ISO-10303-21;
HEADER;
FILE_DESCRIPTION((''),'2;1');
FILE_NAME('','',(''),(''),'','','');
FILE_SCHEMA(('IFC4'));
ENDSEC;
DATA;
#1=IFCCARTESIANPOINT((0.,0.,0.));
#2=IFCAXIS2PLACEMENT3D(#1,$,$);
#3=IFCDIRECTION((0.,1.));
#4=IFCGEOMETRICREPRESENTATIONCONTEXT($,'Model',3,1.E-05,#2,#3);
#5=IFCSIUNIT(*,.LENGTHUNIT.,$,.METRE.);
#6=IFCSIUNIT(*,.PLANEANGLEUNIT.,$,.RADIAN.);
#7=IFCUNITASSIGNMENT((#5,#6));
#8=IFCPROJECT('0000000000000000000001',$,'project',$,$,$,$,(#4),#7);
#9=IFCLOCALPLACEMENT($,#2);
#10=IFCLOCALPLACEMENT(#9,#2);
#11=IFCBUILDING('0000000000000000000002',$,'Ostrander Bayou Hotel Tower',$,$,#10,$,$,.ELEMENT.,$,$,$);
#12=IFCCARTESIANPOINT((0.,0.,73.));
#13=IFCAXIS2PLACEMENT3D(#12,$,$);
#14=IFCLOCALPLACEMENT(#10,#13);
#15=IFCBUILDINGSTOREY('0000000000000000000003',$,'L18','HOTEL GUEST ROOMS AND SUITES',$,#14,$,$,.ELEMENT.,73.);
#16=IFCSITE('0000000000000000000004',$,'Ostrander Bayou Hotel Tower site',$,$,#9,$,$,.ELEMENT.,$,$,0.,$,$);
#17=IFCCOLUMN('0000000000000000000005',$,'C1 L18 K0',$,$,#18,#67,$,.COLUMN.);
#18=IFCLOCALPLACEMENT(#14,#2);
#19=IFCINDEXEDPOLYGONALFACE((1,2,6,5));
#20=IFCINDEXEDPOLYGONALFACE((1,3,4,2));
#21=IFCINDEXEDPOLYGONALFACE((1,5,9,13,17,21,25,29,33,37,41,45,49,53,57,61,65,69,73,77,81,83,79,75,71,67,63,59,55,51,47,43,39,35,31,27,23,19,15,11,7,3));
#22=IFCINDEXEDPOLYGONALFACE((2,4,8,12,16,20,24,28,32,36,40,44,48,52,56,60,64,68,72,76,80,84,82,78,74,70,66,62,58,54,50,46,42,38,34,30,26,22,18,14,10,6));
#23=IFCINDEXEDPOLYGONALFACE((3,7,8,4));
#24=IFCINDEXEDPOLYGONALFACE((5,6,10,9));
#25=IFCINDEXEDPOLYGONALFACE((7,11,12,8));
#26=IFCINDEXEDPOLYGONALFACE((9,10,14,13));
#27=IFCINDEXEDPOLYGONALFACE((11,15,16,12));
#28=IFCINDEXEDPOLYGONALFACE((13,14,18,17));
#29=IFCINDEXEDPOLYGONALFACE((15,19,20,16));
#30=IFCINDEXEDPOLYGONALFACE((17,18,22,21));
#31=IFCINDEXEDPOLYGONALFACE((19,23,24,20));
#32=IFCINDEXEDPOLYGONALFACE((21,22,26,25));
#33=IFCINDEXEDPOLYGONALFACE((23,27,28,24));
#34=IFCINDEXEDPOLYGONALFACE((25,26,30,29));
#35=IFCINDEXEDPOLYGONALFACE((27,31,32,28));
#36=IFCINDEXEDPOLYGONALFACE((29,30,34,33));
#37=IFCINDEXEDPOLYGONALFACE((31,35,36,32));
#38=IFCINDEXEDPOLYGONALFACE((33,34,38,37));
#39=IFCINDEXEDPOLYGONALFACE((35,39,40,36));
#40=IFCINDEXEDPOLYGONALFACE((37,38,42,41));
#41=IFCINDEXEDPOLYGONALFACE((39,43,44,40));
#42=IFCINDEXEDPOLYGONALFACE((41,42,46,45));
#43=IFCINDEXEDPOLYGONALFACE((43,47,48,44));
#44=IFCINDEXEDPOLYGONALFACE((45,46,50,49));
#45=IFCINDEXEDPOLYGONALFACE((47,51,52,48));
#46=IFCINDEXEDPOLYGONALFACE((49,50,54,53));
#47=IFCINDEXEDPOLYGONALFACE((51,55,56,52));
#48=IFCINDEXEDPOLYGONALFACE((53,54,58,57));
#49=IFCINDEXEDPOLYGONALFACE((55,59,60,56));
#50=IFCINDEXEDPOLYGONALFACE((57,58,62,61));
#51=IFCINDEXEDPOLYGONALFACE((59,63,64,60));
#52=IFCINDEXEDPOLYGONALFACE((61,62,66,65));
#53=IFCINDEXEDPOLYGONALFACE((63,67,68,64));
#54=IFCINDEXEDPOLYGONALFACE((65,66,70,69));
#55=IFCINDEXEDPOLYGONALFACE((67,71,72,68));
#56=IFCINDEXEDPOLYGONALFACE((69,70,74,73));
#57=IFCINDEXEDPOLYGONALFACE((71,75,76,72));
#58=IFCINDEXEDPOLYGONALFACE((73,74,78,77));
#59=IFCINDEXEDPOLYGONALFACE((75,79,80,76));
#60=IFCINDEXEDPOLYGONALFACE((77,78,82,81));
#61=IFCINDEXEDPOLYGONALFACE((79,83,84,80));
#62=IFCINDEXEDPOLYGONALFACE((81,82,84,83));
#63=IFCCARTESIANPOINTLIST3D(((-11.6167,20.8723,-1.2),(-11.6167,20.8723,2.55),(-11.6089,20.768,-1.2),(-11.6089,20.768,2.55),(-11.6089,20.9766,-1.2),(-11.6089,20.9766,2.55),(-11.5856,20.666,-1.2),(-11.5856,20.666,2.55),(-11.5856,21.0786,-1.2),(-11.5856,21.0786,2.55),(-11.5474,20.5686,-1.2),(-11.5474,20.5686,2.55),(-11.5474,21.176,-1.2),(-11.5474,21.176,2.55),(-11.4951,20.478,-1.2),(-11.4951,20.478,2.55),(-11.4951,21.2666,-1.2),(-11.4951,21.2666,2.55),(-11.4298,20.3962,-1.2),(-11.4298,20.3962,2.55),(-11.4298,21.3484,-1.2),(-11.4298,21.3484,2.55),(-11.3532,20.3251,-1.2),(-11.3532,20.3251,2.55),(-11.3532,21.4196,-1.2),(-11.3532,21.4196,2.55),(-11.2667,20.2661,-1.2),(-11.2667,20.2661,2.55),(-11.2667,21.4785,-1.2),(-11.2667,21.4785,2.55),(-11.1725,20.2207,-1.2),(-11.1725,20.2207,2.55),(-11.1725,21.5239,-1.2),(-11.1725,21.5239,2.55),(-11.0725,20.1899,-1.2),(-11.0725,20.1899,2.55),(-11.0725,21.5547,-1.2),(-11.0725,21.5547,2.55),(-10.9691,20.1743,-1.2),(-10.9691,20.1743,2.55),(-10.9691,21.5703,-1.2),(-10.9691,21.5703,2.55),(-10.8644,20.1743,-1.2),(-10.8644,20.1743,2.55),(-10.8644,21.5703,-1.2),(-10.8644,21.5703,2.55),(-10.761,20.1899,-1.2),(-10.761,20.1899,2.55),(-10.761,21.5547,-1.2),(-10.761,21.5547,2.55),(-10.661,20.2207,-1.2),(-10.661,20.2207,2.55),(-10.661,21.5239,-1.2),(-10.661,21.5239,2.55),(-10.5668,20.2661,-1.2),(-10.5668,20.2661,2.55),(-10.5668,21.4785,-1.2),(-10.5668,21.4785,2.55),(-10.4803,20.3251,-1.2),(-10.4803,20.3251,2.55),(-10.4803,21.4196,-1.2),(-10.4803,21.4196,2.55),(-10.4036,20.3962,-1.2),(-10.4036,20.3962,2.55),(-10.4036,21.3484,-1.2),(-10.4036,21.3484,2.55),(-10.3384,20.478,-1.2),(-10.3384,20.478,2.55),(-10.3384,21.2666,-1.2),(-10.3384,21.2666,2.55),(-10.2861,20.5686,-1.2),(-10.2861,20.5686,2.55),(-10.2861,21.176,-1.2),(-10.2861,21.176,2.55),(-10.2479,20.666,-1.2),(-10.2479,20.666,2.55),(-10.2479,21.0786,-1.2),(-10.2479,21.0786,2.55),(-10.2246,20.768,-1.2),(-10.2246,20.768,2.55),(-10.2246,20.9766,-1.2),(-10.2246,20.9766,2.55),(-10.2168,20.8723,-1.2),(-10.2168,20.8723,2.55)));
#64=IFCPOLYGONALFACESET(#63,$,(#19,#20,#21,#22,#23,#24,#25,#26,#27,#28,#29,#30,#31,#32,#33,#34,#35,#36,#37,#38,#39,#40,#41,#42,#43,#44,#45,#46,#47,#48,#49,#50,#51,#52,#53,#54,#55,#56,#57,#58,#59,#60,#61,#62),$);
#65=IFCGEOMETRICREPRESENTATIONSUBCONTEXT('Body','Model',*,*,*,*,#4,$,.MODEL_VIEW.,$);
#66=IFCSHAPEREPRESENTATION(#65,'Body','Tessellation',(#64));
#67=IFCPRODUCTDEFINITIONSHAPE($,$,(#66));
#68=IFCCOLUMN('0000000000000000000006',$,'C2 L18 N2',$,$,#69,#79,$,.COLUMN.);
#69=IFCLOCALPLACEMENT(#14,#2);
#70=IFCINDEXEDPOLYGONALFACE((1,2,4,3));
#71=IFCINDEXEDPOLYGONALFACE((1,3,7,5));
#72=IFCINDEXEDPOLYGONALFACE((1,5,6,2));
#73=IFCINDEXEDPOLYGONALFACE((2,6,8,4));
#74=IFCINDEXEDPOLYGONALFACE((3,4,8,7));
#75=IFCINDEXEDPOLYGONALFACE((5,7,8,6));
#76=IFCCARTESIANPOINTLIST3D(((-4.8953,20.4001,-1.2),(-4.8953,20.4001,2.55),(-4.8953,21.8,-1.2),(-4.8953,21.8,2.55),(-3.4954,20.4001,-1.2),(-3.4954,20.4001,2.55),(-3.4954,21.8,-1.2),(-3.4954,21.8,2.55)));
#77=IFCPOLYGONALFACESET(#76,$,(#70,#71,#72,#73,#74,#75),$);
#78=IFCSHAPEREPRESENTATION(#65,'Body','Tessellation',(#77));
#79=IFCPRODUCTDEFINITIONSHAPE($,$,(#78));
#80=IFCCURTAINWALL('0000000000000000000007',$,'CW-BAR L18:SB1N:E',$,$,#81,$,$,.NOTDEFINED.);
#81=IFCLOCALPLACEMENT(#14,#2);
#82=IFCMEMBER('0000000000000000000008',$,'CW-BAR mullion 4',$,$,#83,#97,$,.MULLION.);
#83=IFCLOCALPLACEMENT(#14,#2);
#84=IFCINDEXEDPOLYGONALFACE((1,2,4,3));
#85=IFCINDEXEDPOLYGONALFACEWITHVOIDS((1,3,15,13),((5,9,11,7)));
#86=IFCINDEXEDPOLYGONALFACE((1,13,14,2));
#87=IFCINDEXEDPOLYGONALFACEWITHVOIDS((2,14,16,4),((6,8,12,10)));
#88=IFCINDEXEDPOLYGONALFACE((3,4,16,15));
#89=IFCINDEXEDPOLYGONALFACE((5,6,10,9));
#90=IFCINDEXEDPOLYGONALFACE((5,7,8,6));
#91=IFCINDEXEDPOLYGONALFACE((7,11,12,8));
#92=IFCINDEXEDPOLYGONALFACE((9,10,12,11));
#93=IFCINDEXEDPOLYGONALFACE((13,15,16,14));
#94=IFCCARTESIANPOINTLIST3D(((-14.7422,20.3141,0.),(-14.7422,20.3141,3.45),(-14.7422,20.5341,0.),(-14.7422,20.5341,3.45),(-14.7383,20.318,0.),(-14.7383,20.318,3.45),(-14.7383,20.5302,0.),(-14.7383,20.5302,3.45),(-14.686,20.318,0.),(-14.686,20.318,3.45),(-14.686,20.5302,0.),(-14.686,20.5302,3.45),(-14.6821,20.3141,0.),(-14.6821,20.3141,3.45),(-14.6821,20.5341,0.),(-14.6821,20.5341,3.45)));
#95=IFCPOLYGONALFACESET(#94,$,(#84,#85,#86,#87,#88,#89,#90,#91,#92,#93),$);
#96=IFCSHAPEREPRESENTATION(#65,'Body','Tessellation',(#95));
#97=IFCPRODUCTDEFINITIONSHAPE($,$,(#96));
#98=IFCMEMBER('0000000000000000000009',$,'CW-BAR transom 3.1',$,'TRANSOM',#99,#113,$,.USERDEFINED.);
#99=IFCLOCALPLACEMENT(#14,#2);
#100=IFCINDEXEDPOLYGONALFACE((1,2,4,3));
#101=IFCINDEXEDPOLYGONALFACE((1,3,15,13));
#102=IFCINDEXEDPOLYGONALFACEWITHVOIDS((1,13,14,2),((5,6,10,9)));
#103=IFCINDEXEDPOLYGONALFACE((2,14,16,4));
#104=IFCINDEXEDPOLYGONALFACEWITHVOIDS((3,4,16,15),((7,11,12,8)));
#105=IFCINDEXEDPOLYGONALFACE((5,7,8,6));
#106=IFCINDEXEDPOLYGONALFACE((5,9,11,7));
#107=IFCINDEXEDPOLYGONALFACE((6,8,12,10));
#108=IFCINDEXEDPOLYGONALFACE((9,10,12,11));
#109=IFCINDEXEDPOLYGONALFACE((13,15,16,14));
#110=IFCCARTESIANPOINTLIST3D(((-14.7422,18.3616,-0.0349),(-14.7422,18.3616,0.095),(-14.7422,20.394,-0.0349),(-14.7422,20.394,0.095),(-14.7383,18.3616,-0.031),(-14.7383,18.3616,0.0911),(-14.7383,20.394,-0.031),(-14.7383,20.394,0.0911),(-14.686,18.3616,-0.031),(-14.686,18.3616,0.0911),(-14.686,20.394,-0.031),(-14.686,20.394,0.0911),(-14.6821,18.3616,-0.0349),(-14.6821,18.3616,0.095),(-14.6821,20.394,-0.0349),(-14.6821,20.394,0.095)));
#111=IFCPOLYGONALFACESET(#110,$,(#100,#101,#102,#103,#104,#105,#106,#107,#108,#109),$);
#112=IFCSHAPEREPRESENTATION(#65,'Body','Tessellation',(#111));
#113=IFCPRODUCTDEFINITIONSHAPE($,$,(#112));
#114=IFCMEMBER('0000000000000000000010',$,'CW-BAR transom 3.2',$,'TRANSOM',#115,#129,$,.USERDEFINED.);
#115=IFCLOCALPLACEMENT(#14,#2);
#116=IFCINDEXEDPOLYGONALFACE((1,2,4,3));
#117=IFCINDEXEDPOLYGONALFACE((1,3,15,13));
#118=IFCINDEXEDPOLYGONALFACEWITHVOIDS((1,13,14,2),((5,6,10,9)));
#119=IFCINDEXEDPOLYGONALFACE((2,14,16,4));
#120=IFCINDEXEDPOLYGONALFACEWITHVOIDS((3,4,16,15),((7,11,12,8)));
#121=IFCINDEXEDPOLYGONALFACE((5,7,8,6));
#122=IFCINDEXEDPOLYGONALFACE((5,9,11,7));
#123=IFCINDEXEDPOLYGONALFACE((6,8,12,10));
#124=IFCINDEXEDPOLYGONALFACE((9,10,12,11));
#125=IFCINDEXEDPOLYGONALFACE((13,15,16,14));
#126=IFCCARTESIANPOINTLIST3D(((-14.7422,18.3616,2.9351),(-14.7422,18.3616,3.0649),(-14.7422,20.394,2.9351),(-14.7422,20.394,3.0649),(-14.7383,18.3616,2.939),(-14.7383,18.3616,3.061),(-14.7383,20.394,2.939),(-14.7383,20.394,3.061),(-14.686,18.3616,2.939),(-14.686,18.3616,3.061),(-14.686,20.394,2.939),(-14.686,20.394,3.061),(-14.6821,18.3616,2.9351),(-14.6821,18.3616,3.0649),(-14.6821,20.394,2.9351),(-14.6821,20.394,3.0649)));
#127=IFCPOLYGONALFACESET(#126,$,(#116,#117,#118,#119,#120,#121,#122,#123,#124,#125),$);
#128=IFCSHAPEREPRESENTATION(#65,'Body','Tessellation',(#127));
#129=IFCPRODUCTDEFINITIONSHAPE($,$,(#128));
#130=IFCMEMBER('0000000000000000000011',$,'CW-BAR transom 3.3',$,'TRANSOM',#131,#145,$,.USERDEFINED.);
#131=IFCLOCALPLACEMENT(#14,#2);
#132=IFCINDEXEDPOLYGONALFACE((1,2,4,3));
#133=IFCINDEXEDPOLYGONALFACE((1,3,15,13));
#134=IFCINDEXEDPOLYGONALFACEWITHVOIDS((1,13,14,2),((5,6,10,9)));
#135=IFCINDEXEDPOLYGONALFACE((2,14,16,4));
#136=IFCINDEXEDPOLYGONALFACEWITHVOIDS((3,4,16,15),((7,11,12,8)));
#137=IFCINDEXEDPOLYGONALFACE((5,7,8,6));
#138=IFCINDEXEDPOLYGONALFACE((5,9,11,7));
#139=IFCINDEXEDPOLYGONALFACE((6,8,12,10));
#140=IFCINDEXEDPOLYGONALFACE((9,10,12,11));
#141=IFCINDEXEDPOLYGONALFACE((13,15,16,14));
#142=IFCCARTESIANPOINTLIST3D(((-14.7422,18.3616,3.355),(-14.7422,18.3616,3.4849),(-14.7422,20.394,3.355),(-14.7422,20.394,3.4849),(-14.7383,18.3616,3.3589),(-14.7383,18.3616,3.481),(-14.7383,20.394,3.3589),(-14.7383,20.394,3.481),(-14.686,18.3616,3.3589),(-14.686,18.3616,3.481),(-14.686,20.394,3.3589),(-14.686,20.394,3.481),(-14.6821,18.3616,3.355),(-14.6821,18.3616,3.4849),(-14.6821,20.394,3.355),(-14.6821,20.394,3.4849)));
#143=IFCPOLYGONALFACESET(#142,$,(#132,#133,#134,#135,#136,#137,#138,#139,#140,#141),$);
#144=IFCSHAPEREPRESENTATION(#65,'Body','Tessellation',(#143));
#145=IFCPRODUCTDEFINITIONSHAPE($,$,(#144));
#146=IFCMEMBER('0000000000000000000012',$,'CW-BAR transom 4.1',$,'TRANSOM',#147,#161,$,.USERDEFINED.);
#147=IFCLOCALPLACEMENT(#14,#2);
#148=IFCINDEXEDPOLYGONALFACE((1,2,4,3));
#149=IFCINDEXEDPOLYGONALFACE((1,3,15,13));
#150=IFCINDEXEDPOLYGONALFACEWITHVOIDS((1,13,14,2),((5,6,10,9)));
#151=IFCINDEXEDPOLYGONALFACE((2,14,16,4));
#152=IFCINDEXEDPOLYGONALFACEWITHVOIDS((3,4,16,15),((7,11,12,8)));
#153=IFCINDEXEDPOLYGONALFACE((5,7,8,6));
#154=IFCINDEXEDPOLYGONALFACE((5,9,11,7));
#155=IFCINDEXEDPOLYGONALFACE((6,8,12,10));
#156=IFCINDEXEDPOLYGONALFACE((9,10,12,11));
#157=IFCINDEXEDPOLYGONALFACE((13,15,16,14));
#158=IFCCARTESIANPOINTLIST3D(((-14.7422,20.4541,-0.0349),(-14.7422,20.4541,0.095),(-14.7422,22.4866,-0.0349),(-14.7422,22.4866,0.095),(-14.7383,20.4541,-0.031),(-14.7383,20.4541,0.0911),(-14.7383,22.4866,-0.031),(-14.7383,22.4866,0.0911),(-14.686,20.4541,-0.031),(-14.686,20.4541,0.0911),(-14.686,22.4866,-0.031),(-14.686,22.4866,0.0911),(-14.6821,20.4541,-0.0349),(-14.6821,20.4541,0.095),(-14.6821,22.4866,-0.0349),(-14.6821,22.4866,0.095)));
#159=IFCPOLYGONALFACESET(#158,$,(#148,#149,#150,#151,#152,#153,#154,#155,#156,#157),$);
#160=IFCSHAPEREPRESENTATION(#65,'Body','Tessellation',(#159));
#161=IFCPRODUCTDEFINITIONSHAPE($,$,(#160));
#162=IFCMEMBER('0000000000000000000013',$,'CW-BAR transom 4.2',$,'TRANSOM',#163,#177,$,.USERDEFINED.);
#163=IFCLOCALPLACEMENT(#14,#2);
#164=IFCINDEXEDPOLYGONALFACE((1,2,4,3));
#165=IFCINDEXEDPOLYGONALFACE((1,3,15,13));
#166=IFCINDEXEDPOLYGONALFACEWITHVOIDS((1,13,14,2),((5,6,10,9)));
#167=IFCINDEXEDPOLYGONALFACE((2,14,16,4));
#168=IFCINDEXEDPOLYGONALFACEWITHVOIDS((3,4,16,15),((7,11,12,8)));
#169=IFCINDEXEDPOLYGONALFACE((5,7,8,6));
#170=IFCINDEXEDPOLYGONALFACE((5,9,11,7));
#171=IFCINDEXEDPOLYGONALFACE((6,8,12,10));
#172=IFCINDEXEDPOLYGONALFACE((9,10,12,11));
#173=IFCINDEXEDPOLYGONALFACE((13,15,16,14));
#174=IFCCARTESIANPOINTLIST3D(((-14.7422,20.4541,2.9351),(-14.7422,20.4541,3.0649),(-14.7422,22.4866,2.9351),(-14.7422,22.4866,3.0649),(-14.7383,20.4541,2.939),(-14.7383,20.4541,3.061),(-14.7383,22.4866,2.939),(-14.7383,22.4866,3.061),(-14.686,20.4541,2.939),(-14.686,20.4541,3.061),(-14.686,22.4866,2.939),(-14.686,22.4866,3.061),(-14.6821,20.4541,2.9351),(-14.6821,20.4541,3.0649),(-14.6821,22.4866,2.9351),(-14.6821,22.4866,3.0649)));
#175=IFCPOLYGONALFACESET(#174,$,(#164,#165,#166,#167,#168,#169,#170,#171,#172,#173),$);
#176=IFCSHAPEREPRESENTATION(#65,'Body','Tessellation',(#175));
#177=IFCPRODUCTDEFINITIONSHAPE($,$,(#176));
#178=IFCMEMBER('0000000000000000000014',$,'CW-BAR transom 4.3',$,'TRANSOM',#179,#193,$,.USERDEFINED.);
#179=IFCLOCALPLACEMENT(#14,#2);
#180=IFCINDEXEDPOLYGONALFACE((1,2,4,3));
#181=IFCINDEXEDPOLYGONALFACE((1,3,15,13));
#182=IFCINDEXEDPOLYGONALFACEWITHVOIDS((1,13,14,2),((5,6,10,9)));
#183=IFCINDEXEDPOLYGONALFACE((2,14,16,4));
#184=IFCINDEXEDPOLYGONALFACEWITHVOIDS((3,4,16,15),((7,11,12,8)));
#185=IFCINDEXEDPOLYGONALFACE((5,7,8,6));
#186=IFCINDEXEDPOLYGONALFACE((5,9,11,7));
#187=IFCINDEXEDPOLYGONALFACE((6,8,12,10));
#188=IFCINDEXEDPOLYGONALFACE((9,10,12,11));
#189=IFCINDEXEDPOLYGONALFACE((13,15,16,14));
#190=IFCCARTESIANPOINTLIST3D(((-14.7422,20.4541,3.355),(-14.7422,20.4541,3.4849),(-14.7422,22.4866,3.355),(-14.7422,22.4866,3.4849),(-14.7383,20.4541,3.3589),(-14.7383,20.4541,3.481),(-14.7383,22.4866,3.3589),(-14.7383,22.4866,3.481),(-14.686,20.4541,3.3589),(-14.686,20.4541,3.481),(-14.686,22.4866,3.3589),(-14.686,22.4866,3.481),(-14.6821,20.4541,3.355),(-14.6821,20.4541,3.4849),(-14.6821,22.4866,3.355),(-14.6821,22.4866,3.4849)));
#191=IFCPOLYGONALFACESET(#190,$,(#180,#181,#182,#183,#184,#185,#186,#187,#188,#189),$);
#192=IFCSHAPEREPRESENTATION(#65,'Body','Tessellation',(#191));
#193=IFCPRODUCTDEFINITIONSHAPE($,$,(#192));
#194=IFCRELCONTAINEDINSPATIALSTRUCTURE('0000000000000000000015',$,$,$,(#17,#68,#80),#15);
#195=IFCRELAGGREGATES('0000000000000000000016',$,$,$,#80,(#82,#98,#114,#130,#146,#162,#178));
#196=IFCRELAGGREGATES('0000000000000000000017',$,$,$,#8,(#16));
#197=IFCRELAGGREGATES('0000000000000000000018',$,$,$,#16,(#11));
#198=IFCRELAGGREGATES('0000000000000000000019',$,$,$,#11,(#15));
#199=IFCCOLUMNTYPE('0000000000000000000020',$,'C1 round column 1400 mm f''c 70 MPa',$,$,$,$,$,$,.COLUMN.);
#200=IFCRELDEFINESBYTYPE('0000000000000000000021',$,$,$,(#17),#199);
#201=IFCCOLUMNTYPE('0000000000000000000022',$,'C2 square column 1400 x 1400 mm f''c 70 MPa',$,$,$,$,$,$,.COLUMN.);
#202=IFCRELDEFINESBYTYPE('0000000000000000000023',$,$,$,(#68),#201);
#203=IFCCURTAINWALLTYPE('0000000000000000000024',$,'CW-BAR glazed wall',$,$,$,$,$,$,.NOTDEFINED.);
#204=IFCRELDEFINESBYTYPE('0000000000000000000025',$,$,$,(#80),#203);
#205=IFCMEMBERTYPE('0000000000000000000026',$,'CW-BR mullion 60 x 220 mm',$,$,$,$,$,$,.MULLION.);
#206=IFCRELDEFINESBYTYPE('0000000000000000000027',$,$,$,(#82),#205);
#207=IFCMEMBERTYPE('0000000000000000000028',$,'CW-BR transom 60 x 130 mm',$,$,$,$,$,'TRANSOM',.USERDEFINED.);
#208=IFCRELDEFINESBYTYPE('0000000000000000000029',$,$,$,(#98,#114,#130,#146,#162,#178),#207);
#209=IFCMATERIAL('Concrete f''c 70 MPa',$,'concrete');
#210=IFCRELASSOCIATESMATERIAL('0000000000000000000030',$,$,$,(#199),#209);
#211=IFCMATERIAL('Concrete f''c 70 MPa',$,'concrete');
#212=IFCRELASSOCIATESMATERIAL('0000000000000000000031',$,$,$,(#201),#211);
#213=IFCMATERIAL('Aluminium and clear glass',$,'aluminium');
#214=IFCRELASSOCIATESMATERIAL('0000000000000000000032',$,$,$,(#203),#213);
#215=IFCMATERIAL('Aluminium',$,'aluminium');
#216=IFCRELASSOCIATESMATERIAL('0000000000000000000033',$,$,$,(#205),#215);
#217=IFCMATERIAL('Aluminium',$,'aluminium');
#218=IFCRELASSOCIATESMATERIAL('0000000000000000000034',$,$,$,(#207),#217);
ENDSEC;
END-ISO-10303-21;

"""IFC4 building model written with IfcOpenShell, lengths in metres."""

from ifc_helpers import new_model, si_unit, direction, frame, origin, origin_2d, place, context, subcontext, project, spatial, rectangle, hollow_rectangle, circle, extrude, material, material_profile, profile_set, type_object, element, aggregate, save


model = new_model("IFC4")

# Units and contexts
model_context = context("Model", 3, precision=1e-05, world=origin(), true_north=direction((0.0, 1.0)))
body_context = subcontext(model_context, "Body", "Model", "MODEL_VIEW")
ifc_project = project(units=[si_unit("LENGTHUNIT", "METRE"), si_unit("PLANEANGLEUNIT", "RADIAN")], contexts=[model_context])

# Site, building, storey
site_placement = place(None, origin())
site = spatial("IfcSite", under=ifc_project, at=site_placement, Name="Ostrander Bayou Hotel Tower site", CompositionType="ELEMENT", RefElevation=0.0)
building_placement = place(site_placement, origin())
building = spatial("IfcBuilding", under=site, at=building_placement, Name="Ostrander Bayou Hotel Tower", CompositionType="ELEMENT")
storey_placement = place(building_placement, frame((0.0, 0.0, 73.0)))
storey = spatial("IfcBuildingStorey", under=building, at=storey_placement, Name="L18", Description="HOTEL GUEST ROOMS AND SUITES", CompositionType="ELEMENT", Elevation=73.0)

# Columns
ifc_material_1 = material(Name="Concrete f'c 70 MPa", Category="concrete")
ifc_material_profile_1 = material_profile(ifc_material_1, circle(Radius=0.7, at=origin_2d()))
ifc_profile_set_1 = profile_set([ifc_material_profile_1], Name="Concrete f'c 70 MPa")
column_type_1 = type_object("IfcColumnType", Name="C1 round column 1400 mm f'c 70 MPa", PredefinedType="COLUMN", material=ifc_profile_set_1)
column_1_placement = place(storey_placement, frame((-10.9167, 20.8723, -1.2), z_axis=(0.0, 0.0, 1.0), x_axis=(1.0, 0.0, 0.0)))
element("IfcColumn", 1, at=column_1_placement, inside=storey, type_object=column_type_1, Name="C1 L18 K0", PredefinedType="COLUMN", context=body_context, shape_type="SweptSolid", body=[
    extrude(circle(Radius=0.7, at=origin_2d()), origin(), (0.0, 0.0, 1.0), 3.75),
])
ifc_material_2 = material(Name="Concrete f'c 70 MPa", Category="concrete")
ifc_material_profile_2 = material_profile(ifc_material_2, rectangle(XDim=1.3999, YDim=1.3999, at=origin_2d()))
ifc_profile_set_2 = profile_set([ifc_material_profile_2], Name="Concrete f'c 70 MPa")
column_type_2 = type_object("IfcColumnType", Name="C2 square column 1400 x 1400 mm f'c 70 MPa", PredefinedType="COLUMN", material=ifc_profile_set_2)
column_2_placement = place(storey_placement, frame((-4.1953, 21.1001, -1.2), z_axis=(0.0, 0.0, 1.0), x_axis=(1.0, 0.0, 0.0)))
element("IfcColumn", 2, at=column_2_placement, inside=storey, type_object=column_type_2, Name="C2 L18 N2", PredefinedType="COLUMN", context=body_context, shape_type="SweptSolid", body=[
    extrude(rectangle(XDim=1.3999, YDim=1.3999, at=origin_2d()), origin(), (0.0, 0.0, 1.0), 3.75),
])

# Curtain wall, members
ifc_material_3 = material(Name="Aluminium and clear glass", Category="aluminium")
curtain_wall_type = type_object("IfcCurtainWallType", Name="CW-BAR glazed wall", PredefinedType="NOTDEFINED", material=ifc_material_3)
curtain_wall_placement = place(storey_placement, origin())
curtain_wall = element("IfcCurtainWall", 3, at=curtain_wall_placement, inside=storey, type_object=curtain_wall_type, Name="CW-BAR L18:SB1N:E", PredefinedType="NOTDEFINED")
ifc_material_4 = material(Name="Aluminium", Category="aluminium")
ifc_material_profile_3 = material_profile(ifc_material_4, hollow_rectangle(XDim=0.0601, YDim=0.22, WallThickness=0.0039, at=origin_2d()))
ifc_profile_set_3 = profile_set([ifc_material_profile_3], Name="Aluminium")
member_type_1 = type_object("IfcMemberType", Name="CW-BR mullion 60 x 220 mm", PredefinedType="MULLION", material=ifc_profile_set_3)
member_1_placement = place(storey_placement, frame((-14.7122, 20.4241, 0.0), z_axis=(0.0, 0.0, 1.0), x_axis=(-1.0, 0.0, 0.0)))
member_1 = element("IfcMember", 4, at=member_1_placement, type_object=member_type_1, Name="CW-BAR mullion 4", PredefinedType="MULLION", context=body_context, shape_type="SweptSolid", body=[
    extrude(hollow_rectangle(XDim=0.0601, YDim=0.22, WallThickness=0.0039, at=origin_2d()), origin(), (0.0, 0.0, 1.0), 3.45),
])
ifc_material_5 = material(Name="Aluminium", Category="aluminium")
ifc_material_profile_4 = material_profile(ifc_material_5, hollow_rectangle(XDim=0.0601, YDim=0.1299, WallThickness=0.0039, at=origin_2d()))
ifc_profile_set_4 = profile_set([ifc_material_profile_4], Name="Aluminium")
member_type_2 = type_object("IfcMemberType", Name="CW-BR transom 60 x 130 mm", ElementType="TRANSOM", PredefinedType="USERDEFINED", material=ifc_profile_set_4)
member_2_placement = place(storey_placement, frame((-14.7122, 18.3616, 0.03), z_axis=(0.0, 1.0, 0.0), x_axis=(-1.0, 0.0, 0.0)))
member_2 = element("IfcMember", 5, at=member_2_placement, type_object=member_type_2, Name="CW-BAR transom 3.1", ObjectType="TRANSOM", PredefinedType="USERDEFINED", context=body_context, shape_type="SweptSolid", body=[
    extrude(hollow_rectangle(XDim=0.0601, YDim=0.1299, WallThickness=0.0039, at=origin_2d()), origin(), (0.0, 0.0, 1.0), 2.0325),
])
member_3_placement = place(storey_placement, frame((-14.7122, 18.3616, 3.0), z_axis=(0.0, 1.0, 0.0), x_axis=(-1.0, 0.0, 0.0)))
member_3 = element("IfcMember", 6, at=member_3_placement, type_object=member_type_2, Name="CW-BAR transom 3.2", ObjectType="TRANSOM", PredefinedType="USERDEFINED", context=body_context, shape_type="SweptSolid", body=[
    extrude(hollow_rectangle(XDim=0.0601, YDim=0.1299, WallThickness=0.0039, at=origin_2d()), origin(), (0.0, 0.0, 1.0), 2.0325),
])
member_4_placement = place(storey_placement, frame((-14.7122, 18.3616, 3.4199), z_axis=(0.0, 1.0, 0.0), x_axis=(-1.0, 0.0, 0.0)))
member_4 = element("IfcMember", 7, at=member_4_placement, type_object=member_type_2, Name="CW-BAR transom 3.3", ObjectType="TRANSOM", PredefinedType="USERDEFINED", context=body_context, shape_type="SweptSolid", body=[
    extrude(hollow_rectangle(XDim=0.0601, YDim=0.1299, WallThickness=0.0039, at=origin_2d()), origin(), (0.0, 0.0, 1.0), 2.0325),
])
member_5_placement = place(storey_placement, frame((-14.7122, 20.4541, 0.03), z_axis=(0.0, 1.0, 0.0), x_axis=(-1.0, 0.0, 0.0)))
member_5 = element("IfcMember", 8, at=member_5_placement, type_object=member_type_2, Name="CW-BAR transom 4.1", ObjectType="TRANSOM", PredefinedType="USERDEFINED", context=body_context, shape_type="SweptSolid", body=[
    extrude(hollow_rectangle(XDim=0.0601, YDim=0.1299, WallThickness=0.0039, at=origin_2d()), origin(), (0.0, 0.0, 1.0), 2.0325),
])
member_6_placement = place(storey_placement, frame((-14.7122, 20.4541, 3.0), z_axis=(0.0, 1.0, 0.0), x_axis=(-1.0, 0.0, 0.0)))
member_6 = element("IfcMember", 9, at=member_6_placement, type_object=member_type_2, Name="CW-BAR transom 4.2", ObjectType="TRANSOM", PredefinedType="USERDEFINED", context=body_context, shape_type="SweptSolid", body=[
    extrude(hollow_rectangle(XDim=0.0601, YDim=0.1299, WallThickness=0.0039, at=origin_2d()), origin(), (0.0, 0.0, 1.0), 2.0325),
])
member_7_placement = place(storey_placement, frame((-14.7122, 20.4541, 3.4199), z_axis=(0.0, 1.0, 0.0), x_axis=(-1.0, 0.0, 0.0)))
member_7 = element("IfcMember", 10, at=member_7_placement, type_object=member_type_2, Name="CW-BAR transom 4.3", ObjectType="TRANSOM", PredefinedType="USERDEFINED", context=body_context, shape_type="SweptSolid", body=[
    extrude(hollow_rectangle(XDim=0.0601, YDim=0.1299, WallThickness=0.0039, at=origin_2d()), origin(), (0.0, 0.0, 1.0), 2.0325),
])

aggregate(curtain_wall, [member_1, member_2, member_3, member_4, member_5, member_6, member_7])

save(model, "model.ifc")
